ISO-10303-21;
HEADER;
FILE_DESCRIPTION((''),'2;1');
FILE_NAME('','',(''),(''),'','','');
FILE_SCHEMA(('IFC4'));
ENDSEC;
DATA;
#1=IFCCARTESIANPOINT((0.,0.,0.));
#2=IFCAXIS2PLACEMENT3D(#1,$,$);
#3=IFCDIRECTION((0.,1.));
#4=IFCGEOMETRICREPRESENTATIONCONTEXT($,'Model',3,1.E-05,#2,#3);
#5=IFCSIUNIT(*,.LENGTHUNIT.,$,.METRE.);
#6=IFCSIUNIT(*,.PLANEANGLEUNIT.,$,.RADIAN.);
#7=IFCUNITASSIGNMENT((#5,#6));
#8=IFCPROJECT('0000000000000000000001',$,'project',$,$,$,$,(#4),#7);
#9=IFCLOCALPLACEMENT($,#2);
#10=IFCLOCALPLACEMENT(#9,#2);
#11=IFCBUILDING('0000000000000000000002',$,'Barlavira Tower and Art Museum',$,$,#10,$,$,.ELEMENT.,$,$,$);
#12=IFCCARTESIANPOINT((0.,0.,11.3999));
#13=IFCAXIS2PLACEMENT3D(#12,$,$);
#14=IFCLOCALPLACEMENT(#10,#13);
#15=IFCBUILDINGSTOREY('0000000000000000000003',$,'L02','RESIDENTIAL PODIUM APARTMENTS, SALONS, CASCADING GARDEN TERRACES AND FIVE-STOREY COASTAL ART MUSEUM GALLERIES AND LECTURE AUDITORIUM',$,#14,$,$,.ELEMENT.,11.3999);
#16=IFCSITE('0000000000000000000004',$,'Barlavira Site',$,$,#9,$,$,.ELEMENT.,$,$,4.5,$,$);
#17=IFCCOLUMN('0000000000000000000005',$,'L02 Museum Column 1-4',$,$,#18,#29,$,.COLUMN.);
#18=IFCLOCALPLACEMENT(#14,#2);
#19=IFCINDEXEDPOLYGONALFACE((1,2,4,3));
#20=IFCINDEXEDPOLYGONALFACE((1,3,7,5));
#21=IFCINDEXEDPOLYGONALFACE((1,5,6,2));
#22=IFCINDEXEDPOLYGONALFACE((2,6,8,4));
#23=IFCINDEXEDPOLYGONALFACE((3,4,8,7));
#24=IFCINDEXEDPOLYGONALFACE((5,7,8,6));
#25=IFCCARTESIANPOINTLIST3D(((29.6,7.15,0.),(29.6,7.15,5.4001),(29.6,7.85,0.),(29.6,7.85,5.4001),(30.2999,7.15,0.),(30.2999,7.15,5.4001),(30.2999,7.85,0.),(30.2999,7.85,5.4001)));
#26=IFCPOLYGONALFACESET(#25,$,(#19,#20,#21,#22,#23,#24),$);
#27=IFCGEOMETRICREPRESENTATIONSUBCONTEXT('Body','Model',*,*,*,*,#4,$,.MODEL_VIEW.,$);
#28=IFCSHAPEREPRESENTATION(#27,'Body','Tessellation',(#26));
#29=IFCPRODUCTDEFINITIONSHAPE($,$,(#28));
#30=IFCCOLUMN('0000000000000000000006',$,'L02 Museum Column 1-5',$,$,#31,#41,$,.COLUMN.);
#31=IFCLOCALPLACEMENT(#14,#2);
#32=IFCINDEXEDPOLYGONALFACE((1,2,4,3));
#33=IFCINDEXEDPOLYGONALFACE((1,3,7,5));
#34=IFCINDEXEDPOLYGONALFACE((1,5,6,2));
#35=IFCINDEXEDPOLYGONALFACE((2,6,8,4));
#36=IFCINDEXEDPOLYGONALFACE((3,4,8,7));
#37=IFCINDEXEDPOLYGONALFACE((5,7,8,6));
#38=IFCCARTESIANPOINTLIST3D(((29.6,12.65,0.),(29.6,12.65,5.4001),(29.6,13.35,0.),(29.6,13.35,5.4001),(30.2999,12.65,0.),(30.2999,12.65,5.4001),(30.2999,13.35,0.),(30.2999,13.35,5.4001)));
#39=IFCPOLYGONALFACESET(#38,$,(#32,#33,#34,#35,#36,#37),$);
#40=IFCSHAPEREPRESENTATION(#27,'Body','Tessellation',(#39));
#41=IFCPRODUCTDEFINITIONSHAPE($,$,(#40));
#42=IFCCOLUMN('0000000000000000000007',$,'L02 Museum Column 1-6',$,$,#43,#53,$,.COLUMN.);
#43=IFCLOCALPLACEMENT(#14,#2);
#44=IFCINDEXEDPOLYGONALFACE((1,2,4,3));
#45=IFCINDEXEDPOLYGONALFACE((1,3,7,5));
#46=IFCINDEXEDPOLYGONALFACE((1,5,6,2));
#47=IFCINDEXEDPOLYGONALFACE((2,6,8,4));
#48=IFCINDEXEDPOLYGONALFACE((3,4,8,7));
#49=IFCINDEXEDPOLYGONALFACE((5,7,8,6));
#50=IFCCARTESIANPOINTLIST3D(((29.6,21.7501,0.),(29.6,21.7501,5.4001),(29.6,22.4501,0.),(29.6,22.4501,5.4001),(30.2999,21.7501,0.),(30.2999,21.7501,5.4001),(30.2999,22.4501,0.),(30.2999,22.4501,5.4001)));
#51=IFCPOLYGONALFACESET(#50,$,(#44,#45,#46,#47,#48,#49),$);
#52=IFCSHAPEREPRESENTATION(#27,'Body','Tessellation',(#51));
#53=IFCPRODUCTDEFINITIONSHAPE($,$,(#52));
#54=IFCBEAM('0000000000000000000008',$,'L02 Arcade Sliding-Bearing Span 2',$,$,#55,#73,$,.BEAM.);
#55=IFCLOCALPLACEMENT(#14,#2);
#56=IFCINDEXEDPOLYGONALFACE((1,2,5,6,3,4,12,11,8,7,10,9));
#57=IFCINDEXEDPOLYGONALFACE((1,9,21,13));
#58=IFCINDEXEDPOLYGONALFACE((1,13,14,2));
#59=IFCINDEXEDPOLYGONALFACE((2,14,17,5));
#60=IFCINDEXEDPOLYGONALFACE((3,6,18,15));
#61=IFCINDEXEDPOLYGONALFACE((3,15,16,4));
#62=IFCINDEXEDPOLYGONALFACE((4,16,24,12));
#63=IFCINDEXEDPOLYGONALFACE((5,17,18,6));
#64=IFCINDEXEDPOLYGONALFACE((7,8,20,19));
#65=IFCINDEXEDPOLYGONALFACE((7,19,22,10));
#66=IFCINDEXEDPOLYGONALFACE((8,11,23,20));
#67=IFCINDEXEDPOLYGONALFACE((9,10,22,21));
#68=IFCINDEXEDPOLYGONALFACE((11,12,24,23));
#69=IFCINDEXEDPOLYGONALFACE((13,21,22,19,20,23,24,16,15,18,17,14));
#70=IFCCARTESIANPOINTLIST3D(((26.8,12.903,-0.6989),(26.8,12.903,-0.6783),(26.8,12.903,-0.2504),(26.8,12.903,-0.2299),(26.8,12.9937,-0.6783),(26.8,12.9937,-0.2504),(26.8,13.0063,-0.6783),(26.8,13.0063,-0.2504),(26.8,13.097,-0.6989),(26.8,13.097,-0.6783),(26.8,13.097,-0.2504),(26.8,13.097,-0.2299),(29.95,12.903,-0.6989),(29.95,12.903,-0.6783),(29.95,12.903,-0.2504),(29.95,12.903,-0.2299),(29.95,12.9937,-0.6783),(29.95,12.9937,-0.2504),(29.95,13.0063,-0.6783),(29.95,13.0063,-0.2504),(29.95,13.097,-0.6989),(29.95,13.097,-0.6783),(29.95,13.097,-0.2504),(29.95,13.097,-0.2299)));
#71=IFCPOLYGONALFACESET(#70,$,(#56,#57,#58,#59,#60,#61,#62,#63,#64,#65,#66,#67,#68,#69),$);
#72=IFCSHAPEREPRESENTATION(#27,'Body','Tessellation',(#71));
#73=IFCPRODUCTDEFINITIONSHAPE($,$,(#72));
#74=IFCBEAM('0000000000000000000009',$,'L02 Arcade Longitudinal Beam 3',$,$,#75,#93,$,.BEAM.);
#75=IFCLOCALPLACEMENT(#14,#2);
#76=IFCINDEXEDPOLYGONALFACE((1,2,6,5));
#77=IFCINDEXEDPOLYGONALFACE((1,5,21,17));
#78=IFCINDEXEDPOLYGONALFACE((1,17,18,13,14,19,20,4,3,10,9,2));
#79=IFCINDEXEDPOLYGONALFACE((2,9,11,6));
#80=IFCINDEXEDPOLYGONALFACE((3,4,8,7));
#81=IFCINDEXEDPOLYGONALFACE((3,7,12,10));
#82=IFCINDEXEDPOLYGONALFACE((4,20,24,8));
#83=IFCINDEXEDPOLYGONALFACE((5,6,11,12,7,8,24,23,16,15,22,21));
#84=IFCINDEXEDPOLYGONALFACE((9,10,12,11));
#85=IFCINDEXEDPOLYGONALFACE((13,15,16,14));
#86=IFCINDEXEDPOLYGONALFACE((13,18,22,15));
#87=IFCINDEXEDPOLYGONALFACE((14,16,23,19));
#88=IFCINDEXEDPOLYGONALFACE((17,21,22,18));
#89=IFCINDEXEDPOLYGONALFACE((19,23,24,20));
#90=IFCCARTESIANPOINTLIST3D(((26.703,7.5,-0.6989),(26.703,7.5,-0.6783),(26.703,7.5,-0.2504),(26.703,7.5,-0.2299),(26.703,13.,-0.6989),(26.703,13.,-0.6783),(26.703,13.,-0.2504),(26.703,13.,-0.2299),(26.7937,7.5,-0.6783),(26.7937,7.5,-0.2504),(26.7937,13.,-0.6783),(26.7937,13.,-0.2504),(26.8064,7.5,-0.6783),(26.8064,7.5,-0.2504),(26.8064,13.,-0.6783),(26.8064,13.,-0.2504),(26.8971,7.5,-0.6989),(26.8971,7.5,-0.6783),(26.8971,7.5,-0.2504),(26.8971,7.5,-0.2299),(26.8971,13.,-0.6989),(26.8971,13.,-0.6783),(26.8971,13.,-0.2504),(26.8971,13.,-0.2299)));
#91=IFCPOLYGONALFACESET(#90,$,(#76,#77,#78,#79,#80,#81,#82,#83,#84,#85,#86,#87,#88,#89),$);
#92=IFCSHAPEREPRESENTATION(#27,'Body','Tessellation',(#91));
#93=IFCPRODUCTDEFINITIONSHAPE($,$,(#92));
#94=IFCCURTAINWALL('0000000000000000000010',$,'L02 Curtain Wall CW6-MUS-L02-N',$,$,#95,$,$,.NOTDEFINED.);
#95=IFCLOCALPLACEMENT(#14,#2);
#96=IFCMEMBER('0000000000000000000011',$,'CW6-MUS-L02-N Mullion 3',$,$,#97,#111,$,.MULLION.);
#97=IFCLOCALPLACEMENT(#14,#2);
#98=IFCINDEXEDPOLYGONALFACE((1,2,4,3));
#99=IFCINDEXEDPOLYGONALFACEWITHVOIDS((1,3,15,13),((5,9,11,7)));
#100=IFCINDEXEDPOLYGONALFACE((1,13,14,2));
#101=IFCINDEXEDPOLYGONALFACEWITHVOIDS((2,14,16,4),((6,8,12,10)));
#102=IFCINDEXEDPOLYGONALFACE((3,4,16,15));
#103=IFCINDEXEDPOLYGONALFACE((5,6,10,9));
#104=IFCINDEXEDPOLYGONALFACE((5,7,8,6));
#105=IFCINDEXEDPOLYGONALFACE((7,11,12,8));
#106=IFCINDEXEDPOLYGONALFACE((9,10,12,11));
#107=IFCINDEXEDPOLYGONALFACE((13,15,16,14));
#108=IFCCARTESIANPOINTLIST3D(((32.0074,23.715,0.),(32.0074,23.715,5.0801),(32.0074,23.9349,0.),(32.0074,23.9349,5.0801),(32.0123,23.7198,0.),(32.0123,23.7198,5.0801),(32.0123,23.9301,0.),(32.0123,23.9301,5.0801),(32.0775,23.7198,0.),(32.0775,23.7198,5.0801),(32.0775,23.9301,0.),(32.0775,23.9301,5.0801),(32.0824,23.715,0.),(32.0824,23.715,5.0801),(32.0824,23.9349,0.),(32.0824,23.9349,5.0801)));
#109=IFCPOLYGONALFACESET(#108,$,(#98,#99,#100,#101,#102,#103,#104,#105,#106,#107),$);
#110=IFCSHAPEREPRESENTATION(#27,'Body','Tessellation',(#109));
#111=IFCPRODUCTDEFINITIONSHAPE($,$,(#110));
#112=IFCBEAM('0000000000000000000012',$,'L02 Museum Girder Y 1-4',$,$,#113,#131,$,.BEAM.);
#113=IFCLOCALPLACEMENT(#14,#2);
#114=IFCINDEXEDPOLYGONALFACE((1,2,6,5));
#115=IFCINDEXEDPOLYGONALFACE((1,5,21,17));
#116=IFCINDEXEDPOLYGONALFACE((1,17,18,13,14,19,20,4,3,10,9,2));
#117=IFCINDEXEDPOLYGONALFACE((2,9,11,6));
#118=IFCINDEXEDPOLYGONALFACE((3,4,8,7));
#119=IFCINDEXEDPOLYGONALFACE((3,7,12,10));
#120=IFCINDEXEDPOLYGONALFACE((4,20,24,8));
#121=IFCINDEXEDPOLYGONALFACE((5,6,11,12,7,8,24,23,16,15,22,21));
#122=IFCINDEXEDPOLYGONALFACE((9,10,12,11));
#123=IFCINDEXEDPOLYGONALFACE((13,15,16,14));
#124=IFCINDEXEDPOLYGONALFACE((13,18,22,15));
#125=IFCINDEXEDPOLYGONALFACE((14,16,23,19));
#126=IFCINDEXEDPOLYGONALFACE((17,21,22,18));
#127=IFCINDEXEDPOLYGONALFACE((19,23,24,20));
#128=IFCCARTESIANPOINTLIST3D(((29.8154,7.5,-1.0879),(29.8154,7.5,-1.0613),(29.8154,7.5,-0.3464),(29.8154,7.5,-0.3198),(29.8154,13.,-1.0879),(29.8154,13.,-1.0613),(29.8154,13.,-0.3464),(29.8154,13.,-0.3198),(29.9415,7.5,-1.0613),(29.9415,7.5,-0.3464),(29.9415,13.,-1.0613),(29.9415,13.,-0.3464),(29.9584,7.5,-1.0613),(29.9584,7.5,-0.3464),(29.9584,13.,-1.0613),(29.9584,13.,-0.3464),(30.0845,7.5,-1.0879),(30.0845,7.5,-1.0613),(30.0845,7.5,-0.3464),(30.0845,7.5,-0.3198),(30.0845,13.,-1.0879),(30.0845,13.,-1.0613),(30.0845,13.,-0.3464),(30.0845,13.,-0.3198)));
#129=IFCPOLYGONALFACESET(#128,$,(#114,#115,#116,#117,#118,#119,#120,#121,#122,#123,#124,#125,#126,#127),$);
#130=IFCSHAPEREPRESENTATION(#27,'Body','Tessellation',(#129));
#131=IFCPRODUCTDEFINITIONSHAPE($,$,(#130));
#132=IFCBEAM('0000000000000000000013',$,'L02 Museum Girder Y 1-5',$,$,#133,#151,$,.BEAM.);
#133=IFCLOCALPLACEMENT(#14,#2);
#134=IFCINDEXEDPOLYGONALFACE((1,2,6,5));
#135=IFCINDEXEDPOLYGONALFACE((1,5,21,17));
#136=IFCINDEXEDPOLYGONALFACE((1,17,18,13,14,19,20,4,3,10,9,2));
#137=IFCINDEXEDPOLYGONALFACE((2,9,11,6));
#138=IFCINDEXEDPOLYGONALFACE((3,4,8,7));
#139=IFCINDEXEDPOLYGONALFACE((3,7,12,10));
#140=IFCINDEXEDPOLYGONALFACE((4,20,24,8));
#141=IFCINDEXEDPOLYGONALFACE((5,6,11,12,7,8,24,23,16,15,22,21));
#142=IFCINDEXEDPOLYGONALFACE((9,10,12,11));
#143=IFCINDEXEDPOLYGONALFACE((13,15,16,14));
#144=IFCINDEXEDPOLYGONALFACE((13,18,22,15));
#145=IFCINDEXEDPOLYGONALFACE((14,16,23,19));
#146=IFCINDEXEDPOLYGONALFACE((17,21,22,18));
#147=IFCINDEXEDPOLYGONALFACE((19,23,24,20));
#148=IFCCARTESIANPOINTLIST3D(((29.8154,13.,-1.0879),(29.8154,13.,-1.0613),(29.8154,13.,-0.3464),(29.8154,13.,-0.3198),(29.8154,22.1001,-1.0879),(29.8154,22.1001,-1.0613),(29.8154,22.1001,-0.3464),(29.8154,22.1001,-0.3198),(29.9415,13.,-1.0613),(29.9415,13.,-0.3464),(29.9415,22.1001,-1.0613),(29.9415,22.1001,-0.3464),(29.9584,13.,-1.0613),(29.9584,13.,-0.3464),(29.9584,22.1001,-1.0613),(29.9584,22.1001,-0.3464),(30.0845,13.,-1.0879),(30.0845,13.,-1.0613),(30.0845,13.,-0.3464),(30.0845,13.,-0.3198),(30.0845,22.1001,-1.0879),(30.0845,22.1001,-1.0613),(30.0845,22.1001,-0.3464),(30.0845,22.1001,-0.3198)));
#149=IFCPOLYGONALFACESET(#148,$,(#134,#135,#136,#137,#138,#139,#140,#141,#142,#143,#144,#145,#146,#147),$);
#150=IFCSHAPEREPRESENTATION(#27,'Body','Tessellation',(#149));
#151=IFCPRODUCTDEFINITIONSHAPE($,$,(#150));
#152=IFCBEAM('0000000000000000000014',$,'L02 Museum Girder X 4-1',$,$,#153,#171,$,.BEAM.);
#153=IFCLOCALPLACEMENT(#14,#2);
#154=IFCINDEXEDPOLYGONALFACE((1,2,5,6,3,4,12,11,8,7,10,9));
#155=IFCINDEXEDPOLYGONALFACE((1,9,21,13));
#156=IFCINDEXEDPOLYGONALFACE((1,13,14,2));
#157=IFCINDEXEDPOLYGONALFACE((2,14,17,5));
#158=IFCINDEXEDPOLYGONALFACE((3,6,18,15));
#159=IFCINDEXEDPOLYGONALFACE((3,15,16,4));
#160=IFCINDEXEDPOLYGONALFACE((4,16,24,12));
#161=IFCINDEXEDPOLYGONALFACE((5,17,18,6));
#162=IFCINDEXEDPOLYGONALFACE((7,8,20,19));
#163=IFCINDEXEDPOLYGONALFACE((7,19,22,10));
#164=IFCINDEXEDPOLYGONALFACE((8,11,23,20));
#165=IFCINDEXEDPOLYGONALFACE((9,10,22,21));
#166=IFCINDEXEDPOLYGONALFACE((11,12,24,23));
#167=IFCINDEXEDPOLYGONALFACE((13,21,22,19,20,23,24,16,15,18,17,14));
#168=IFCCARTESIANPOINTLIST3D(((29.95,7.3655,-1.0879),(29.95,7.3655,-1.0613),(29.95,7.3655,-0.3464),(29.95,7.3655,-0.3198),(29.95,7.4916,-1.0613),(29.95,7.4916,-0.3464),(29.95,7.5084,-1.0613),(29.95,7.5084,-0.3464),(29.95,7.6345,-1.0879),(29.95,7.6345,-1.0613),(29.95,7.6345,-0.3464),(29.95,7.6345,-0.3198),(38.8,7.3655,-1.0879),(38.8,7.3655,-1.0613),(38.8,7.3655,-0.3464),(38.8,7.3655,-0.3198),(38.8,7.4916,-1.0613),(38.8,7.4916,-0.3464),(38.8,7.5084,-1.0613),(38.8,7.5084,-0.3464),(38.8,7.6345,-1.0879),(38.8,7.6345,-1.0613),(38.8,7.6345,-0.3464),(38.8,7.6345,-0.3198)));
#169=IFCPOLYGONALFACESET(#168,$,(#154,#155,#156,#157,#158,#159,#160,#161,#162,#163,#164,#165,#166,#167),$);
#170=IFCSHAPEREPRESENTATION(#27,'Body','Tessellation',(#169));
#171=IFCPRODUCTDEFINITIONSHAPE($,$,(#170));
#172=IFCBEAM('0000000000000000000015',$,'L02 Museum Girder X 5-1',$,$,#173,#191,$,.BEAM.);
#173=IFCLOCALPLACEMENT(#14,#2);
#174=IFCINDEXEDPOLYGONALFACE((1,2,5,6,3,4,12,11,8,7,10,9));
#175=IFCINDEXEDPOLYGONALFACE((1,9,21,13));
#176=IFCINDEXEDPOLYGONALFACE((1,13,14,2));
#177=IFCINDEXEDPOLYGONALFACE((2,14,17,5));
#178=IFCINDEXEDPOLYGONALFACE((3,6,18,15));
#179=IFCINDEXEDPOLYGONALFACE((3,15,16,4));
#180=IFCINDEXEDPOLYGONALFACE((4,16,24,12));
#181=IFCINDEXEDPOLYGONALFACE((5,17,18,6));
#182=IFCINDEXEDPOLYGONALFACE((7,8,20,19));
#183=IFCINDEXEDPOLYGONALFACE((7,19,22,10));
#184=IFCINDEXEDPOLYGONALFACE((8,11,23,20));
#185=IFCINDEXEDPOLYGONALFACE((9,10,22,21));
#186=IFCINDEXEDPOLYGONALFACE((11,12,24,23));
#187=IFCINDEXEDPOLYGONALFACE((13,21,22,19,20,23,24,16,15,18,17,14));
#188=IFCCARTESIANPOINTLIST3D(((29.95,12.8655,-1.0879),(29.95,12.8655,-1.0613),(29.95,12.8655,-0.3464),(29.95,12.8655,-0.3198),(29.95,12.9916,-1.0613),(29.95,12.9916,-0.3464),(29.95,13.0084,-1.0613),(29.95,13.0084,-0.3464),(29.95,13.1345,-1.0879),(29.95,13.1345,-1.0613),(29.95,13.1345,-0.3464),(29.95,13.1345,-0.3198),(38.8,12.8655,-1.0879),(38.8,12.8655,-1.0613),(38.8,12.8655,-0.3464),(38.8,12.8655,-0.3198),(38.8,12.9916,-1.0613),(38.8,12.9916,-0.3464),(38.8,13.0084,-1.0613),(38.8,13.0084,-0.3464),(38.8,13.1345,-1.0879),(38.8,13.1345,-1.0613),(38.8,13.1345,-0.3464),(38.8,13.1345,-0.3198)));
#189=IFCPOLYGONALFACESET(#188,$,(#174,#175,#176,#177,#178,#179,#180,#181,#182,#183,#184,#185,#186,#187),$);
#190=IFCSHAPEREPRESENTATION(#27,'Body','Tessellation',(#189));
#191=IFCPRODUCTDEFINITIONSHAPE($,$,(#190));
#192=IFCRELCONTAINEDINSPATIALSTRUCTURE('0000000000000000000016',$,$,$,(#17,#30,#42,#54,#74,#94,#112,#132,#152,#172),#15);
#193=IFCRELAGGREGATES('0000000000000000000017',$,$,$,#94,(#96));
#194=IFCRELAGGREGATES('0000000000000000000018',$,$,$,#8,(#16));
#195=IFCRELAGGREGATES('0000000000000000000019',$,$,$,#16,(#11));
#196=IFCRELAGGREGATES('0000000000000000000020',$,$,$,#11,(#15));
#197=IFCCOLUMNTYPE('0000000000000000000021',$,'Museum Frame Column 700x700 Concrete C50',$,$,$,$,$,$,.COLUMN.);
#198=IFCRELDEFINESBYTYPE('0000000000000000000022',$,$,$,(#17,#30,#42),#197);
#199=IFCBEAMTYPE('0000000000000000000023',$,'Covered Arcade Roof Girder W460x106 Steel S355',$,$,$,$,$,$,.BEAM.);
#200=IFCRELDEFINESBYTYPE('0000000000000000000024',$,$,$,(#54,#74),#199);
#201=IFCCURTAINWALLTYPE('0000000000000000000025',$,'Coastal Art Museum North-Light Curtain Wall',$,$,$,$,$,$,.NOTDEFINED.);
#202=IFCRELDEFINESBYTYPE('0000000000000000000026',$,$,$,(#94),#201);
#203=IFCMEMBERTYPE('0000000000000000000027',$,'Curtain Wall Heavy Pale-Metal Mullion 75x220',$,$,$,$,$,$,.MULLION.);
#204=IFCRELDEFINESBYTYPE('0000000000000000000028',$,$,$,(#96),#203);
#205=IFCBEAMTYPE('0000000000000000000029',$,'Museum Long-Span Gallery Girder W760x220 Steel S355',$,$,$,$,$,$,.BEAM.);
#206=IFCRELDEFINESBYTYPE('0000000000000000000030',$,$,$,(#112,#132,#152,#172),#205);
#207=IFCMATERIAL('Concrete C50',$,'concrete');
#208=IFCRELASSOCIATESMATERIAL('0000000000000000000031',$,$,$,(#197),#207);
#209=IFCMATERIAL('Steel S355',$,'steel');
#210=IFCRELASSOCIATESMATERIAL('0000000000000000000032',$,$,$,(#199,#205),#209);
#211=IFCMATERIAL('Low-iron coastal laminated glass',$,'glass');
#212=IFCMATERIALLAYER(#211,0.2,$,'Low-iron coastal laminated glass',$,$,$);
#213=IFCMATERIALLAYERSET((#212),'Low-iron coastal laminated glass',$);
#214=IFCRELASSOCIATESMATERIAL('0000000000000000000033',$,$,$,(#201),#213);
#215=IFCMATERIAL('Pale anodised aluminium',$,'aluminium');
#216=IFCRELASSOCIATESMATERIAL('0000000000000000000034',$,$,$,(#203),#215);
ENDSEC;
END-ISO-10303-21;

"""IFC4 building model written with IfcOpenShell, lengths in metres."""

from ifc_helpers import new_model, si_unit, direction, frame, origin, origin_2d, place, context, subcontext, project, spatial, rectangle, hollow_rectangle, i_section, extrude, material, layer, layer_set, material_profile, profile_set, type_object, element, aggregate, save


model = new_model("IFC4")

# Units and contexts
model_context = context("Model", 3, precision=1e-05, world=origin(), true_north=direction((0.0, 1.0)))
body_context = subcontext(model_context, "Body", "Model", "MODEL_VIEW")
ifc_project = project(units=[si_unit("LENGTHUNIT", "METRE"), si_unit("PLANEANGLEUNIT", "RADIAN")], contexts=[model_context])

# Site, building, storey
site_placement = place(None, origin())
site = spatial("IfcSite", under=ifc_project, at=site_placement, Name="Barlavira Site", CompositionType="ELEMENT", RefElevation=4.5)
building_placement = place(site_placement, origin())
building = spatial("IfcBuilding", under=site, at=building_placement, Name="Barlavira Tower and Art Museum", CompositionType="ELEMENT")
storey_placement = place(building_placement, frame((0.0, 0.0, 11.3999)))
storey = spatial("IfcBuildingStorey", under=building, at=storey_placement, Name="L02", Description="RESIDENTIAL PODIUM APARTMENTS, SALONS, CASCADING GARDEN TERRACES AND FIVE-STOREY COASTAL ART MUSEUM GALLERIES AND LECTURE AUDITORIUM", CompositionType="ELEMENT", Elevation=11.3999)

# Columns
ifc_material_1 = material(Name="Concrete C50", Category="concrete")
ifc_material_profile_1 = material_profile(ifc_material_1, rectangle(XDim=0.7, YDim=0.7, at=origin_2d()), Name="RC-COL 700x700")
ifc_profile_set_1 = profile_set([ifc_material_profile_1], Name="Concrete C50")
column_type = type_object("IfcColumnType", Name="Museum Frame Column 700x700 Concrete C50", PredefinedType="COLUMN", material=ifc_profile_set_1)
for number, where, z_axis, x_axis, name in (
    (1, (29.95, 7.5, 0.0), (0.0, 0.0, 1.0), (1.0, 0.0, 0.0), "L02 Museum Column 1-4"),
    (2, (29.95, 13.0, 0.0), (0.0, 0.0, 1.0), (1.0, 0.0, 0.0), "L02 Museum Column 1-5"),
    (3, (29.95, 22.1001, 0.0), (0.0, 0.0, 1.0), (1.0, 0.0, 0.0), "L02 Museum Column 1-6"),
):
    element("IfcColumn", number, at=place(storey_placement, frame(where, z_axis=z_axis, x_axis=x_axis)), inside=storey, type_object=column_type, Name=name, PredefinedType="COLUMN", context=body_context, shape_type="SweptSolid", body=[
        extrude(rectangle(XDim=0.7, YDim=0.7, at=origin_2d()), origin(), (0.0, 0.0, 1.0), 5.4001),
    ])

# Beams
ifc_material_2 = material(Name="Steel S355", Category="steel")
ifc_material_profile_2 = material_profile(ifc_material_2, i_section(OverallWidth=0.1941, OverallDepth=0.469, WebThickness=0.0127, FlangeThickness=0.0205, at=origin_2d()), Name="W460x106.0")
ifc_profile_set_2 = profile_set([ifc_material_profile_2], Name="Steel S355")
beam_type_1 = type_object("IfcBeamType", Name="Covered Arcade Roof Girder W460x106 Steel S355", PredefinedType="BEAM", material=ifc_profile_set_2)
beam_1_placement = place(storey_placement, frame((26.8, 13.0, -0.4644), z_axis=(1.0, 0.0, 0.0), x_axis=(0.0, 1.0, 0.0)))
element("IfcBeam", 4, at=beam_1_placement, inside=storey, type_object=beam_type_1, Name="L02 Arcade Sliding-Bearing Span 2", PredefinedType="BEAM", context=body_context, shape_type="SweptSolid", body=[
    extrude(i_section(OverallWidth=0.1941, OverallDepth=0.469, WebThickness=0.0127, FlangeThickness=0.0205, at=origin_2d()), origin(), (0.0, 0.0, 1.0), 3.1499),
])
beam_2_placement = place(storey_placement, frame((26.8, 7.5, -0.4644), z_axis=(0.0, 1.0, 0.0), x_axis=(-1.0, 0.0, 0.0)))
element("IfcBeam", 5, at=beam_2_placement, inside=storey, type_object=beam_type_1, Name="L02 Arcade Longitudinal Beam 3", PredefinedType="BEAM", context=body_context, shape_type="SweptSolid", body=[
    extrude(i_section(OverallWidth=0.1941, OverallDepth=0.469, WebThickness=0.0127, FlangeThickness=0.0205, at=origin_2d()), origin(), (0.0, 0.0, 1.0), 5.5),
])

# Curtain wall, member
ifc_material_3 = material(Name="Low-iron coastal laminated glass", Category="glass")
ifc_layer_1 = layer(ifc_material_3, 0.2, Name="Low-iron coastal laminated glass")
ifc_layer_set_1 = layer_set([ifc_layer_1], Name="Low-iron coastal laminated glass")
curtain_wall_type = type_object("IfcCurtainWallType", Name="Coastal Art Museum North-Light Curtain Wall", PredefinedType="NOTDEFINED", material=ifc_layer_set_1)
curtain_wall_placement = place(storey_placement, origin())
curtain_wall = element("IfcCurtainWall", 6, at=curtain_wall_placement, inside=storey, type_object=curtain_wall_type, Name="L02 Curtain Wall CW6-MUS-L02-N", PredefinedType="NOTDEFINED")
ifc_material_4 = material(Name="Pale anodised aluminium", Category="aluminium")
ifc_material_profile_3 = material_profile(ifc_material_4, hollow_rectangle(XDim=0.075, YDim=0.22, WallThickness=0.0049, at=origin_2d()), Name="ALU-MULL 75x220x5")
ifc_profile_set_3 = profile_set([ifc_material_profile_3], Name="Pale anodised aluminium")
member_type = type_object("IfcMemberType", Name="Curtain Wall Heavy Pale-Metal Mullion 75x220", PredefinedType="MULLION", material=ifc_profile_set_3)
member_placement = place(storey_placement, frame((32.0449, 23.825, 0.0), z_axis=(0.0, 0.0, 1.0), x_axis=(-1.0, 0.0, 0.0)))
member = element("IfcMember", 7, at=member_placement, type_object=member_type, Name="CW6-MUS-L02-N Mullion 3", PredefinedType="MULLION", context=body_context, shape_type="SweptSolid", body=[
    extrude(hollow_rectangle(XDim=0.075, YDim=0.22, WallThickness=0.0049, at=origin_2d()), origin(), (0.0, 0.0, 1.0), 5.0801),
])
aggregate(curtain_wall, [member])

# Beams
ifc_material_profile_4 = material_profile(ifc_material_2, i_section(OverallWidth=0.269, OverallDepth=0.7681, WebThickness=0.0168, FlangeThickness=0.0266, at=origin_2d()), Name="W760x220.0")
ifc_profile_set_4 = profile_set([ifc_material_profile_4], Name="Steel S355")
beam_type_2 = type_object("IfcBeamType", Name="Museum Long-Span Gallery Girder W760x220 Steel S355", PredefinedType="BEAM", material=ifc_profile_set_4)
beam_3_placement = place(storey_placement, frame((29.95, 7.5, -0.7039), z_axis=(0.0, 1.0, 0.0), x_axis=(-1.0, 0.0, 0.0)))
element("IfcBeam", 8, at=beam_3_placement, inside=storey, type_object=beam_type_2, Name="L02 Museum Girder Y 1-4", PredefinedType="BEAM", context=body_context, shape_type="SweptSolid", body=[
    extrude(i_section(OverallWidth=0.269, OverallDepth=0.7681, WebThickness=0.0168, FlangeThickness=0.0266, at=origin_2d()), origin(), (0.0, 0.0, 1.0), 5.5),
])
beam_4_placement = place(storey_placement, frame((29.95, 13.0, -0.7039), z_axis=(0.0, 1.0, 0.0), x_axis=(-1.0, 0.0, 0.0)))
element("IfcBeam", 9, at=beam_4_placement, inside=storey, type_object=beam_type_2, Name="L02 Museum Girder Y 1-5", PredefinedType="BEAM", context=body_context, shape_type="SweptSolid", body=[
    extrude(i_section(OverallWidth=0.269, OverallDepth=0.7681, WebThickness=0.0168, FlangeThickness=0.0266, at=origin_2d()), origin(), (0.0, 0.0, 1.0), 9.1001),
])
for number, where, z_axis, x_axis, name in (
    (10, (29.95, 7.5, -0.7039), (1.0, 0.0, 0.0), (0.0, 1.0, 0.0), "L02 Museum Girder X 4-1"),
    (11, (29.95, 13.0, -0.7039), (1.0, 0.0, 0.0), (0.0, 1.0, 0.0), "L02 Museum Girder X 5-1"),
):
    element("IfcBeam", number, at=place(storey_placement, frame(where, z_axis=z_axis, x_axis=x_axis)), inside=storey, type_object=beam_type_2, Name=name, PredefinedType="BEAM", context=body_context, shape_type="SweptSolid", body=[
        extrude(i_section(OverallWidth=0.269, OverallDepth=0.7681, WebThickness=0.0168, FlangeThickness=0.0266, at=origin_2d()), origin(), (0.0, 0.0, 1.0), 8.8501),
    ])

save(model, "model.ifc")
